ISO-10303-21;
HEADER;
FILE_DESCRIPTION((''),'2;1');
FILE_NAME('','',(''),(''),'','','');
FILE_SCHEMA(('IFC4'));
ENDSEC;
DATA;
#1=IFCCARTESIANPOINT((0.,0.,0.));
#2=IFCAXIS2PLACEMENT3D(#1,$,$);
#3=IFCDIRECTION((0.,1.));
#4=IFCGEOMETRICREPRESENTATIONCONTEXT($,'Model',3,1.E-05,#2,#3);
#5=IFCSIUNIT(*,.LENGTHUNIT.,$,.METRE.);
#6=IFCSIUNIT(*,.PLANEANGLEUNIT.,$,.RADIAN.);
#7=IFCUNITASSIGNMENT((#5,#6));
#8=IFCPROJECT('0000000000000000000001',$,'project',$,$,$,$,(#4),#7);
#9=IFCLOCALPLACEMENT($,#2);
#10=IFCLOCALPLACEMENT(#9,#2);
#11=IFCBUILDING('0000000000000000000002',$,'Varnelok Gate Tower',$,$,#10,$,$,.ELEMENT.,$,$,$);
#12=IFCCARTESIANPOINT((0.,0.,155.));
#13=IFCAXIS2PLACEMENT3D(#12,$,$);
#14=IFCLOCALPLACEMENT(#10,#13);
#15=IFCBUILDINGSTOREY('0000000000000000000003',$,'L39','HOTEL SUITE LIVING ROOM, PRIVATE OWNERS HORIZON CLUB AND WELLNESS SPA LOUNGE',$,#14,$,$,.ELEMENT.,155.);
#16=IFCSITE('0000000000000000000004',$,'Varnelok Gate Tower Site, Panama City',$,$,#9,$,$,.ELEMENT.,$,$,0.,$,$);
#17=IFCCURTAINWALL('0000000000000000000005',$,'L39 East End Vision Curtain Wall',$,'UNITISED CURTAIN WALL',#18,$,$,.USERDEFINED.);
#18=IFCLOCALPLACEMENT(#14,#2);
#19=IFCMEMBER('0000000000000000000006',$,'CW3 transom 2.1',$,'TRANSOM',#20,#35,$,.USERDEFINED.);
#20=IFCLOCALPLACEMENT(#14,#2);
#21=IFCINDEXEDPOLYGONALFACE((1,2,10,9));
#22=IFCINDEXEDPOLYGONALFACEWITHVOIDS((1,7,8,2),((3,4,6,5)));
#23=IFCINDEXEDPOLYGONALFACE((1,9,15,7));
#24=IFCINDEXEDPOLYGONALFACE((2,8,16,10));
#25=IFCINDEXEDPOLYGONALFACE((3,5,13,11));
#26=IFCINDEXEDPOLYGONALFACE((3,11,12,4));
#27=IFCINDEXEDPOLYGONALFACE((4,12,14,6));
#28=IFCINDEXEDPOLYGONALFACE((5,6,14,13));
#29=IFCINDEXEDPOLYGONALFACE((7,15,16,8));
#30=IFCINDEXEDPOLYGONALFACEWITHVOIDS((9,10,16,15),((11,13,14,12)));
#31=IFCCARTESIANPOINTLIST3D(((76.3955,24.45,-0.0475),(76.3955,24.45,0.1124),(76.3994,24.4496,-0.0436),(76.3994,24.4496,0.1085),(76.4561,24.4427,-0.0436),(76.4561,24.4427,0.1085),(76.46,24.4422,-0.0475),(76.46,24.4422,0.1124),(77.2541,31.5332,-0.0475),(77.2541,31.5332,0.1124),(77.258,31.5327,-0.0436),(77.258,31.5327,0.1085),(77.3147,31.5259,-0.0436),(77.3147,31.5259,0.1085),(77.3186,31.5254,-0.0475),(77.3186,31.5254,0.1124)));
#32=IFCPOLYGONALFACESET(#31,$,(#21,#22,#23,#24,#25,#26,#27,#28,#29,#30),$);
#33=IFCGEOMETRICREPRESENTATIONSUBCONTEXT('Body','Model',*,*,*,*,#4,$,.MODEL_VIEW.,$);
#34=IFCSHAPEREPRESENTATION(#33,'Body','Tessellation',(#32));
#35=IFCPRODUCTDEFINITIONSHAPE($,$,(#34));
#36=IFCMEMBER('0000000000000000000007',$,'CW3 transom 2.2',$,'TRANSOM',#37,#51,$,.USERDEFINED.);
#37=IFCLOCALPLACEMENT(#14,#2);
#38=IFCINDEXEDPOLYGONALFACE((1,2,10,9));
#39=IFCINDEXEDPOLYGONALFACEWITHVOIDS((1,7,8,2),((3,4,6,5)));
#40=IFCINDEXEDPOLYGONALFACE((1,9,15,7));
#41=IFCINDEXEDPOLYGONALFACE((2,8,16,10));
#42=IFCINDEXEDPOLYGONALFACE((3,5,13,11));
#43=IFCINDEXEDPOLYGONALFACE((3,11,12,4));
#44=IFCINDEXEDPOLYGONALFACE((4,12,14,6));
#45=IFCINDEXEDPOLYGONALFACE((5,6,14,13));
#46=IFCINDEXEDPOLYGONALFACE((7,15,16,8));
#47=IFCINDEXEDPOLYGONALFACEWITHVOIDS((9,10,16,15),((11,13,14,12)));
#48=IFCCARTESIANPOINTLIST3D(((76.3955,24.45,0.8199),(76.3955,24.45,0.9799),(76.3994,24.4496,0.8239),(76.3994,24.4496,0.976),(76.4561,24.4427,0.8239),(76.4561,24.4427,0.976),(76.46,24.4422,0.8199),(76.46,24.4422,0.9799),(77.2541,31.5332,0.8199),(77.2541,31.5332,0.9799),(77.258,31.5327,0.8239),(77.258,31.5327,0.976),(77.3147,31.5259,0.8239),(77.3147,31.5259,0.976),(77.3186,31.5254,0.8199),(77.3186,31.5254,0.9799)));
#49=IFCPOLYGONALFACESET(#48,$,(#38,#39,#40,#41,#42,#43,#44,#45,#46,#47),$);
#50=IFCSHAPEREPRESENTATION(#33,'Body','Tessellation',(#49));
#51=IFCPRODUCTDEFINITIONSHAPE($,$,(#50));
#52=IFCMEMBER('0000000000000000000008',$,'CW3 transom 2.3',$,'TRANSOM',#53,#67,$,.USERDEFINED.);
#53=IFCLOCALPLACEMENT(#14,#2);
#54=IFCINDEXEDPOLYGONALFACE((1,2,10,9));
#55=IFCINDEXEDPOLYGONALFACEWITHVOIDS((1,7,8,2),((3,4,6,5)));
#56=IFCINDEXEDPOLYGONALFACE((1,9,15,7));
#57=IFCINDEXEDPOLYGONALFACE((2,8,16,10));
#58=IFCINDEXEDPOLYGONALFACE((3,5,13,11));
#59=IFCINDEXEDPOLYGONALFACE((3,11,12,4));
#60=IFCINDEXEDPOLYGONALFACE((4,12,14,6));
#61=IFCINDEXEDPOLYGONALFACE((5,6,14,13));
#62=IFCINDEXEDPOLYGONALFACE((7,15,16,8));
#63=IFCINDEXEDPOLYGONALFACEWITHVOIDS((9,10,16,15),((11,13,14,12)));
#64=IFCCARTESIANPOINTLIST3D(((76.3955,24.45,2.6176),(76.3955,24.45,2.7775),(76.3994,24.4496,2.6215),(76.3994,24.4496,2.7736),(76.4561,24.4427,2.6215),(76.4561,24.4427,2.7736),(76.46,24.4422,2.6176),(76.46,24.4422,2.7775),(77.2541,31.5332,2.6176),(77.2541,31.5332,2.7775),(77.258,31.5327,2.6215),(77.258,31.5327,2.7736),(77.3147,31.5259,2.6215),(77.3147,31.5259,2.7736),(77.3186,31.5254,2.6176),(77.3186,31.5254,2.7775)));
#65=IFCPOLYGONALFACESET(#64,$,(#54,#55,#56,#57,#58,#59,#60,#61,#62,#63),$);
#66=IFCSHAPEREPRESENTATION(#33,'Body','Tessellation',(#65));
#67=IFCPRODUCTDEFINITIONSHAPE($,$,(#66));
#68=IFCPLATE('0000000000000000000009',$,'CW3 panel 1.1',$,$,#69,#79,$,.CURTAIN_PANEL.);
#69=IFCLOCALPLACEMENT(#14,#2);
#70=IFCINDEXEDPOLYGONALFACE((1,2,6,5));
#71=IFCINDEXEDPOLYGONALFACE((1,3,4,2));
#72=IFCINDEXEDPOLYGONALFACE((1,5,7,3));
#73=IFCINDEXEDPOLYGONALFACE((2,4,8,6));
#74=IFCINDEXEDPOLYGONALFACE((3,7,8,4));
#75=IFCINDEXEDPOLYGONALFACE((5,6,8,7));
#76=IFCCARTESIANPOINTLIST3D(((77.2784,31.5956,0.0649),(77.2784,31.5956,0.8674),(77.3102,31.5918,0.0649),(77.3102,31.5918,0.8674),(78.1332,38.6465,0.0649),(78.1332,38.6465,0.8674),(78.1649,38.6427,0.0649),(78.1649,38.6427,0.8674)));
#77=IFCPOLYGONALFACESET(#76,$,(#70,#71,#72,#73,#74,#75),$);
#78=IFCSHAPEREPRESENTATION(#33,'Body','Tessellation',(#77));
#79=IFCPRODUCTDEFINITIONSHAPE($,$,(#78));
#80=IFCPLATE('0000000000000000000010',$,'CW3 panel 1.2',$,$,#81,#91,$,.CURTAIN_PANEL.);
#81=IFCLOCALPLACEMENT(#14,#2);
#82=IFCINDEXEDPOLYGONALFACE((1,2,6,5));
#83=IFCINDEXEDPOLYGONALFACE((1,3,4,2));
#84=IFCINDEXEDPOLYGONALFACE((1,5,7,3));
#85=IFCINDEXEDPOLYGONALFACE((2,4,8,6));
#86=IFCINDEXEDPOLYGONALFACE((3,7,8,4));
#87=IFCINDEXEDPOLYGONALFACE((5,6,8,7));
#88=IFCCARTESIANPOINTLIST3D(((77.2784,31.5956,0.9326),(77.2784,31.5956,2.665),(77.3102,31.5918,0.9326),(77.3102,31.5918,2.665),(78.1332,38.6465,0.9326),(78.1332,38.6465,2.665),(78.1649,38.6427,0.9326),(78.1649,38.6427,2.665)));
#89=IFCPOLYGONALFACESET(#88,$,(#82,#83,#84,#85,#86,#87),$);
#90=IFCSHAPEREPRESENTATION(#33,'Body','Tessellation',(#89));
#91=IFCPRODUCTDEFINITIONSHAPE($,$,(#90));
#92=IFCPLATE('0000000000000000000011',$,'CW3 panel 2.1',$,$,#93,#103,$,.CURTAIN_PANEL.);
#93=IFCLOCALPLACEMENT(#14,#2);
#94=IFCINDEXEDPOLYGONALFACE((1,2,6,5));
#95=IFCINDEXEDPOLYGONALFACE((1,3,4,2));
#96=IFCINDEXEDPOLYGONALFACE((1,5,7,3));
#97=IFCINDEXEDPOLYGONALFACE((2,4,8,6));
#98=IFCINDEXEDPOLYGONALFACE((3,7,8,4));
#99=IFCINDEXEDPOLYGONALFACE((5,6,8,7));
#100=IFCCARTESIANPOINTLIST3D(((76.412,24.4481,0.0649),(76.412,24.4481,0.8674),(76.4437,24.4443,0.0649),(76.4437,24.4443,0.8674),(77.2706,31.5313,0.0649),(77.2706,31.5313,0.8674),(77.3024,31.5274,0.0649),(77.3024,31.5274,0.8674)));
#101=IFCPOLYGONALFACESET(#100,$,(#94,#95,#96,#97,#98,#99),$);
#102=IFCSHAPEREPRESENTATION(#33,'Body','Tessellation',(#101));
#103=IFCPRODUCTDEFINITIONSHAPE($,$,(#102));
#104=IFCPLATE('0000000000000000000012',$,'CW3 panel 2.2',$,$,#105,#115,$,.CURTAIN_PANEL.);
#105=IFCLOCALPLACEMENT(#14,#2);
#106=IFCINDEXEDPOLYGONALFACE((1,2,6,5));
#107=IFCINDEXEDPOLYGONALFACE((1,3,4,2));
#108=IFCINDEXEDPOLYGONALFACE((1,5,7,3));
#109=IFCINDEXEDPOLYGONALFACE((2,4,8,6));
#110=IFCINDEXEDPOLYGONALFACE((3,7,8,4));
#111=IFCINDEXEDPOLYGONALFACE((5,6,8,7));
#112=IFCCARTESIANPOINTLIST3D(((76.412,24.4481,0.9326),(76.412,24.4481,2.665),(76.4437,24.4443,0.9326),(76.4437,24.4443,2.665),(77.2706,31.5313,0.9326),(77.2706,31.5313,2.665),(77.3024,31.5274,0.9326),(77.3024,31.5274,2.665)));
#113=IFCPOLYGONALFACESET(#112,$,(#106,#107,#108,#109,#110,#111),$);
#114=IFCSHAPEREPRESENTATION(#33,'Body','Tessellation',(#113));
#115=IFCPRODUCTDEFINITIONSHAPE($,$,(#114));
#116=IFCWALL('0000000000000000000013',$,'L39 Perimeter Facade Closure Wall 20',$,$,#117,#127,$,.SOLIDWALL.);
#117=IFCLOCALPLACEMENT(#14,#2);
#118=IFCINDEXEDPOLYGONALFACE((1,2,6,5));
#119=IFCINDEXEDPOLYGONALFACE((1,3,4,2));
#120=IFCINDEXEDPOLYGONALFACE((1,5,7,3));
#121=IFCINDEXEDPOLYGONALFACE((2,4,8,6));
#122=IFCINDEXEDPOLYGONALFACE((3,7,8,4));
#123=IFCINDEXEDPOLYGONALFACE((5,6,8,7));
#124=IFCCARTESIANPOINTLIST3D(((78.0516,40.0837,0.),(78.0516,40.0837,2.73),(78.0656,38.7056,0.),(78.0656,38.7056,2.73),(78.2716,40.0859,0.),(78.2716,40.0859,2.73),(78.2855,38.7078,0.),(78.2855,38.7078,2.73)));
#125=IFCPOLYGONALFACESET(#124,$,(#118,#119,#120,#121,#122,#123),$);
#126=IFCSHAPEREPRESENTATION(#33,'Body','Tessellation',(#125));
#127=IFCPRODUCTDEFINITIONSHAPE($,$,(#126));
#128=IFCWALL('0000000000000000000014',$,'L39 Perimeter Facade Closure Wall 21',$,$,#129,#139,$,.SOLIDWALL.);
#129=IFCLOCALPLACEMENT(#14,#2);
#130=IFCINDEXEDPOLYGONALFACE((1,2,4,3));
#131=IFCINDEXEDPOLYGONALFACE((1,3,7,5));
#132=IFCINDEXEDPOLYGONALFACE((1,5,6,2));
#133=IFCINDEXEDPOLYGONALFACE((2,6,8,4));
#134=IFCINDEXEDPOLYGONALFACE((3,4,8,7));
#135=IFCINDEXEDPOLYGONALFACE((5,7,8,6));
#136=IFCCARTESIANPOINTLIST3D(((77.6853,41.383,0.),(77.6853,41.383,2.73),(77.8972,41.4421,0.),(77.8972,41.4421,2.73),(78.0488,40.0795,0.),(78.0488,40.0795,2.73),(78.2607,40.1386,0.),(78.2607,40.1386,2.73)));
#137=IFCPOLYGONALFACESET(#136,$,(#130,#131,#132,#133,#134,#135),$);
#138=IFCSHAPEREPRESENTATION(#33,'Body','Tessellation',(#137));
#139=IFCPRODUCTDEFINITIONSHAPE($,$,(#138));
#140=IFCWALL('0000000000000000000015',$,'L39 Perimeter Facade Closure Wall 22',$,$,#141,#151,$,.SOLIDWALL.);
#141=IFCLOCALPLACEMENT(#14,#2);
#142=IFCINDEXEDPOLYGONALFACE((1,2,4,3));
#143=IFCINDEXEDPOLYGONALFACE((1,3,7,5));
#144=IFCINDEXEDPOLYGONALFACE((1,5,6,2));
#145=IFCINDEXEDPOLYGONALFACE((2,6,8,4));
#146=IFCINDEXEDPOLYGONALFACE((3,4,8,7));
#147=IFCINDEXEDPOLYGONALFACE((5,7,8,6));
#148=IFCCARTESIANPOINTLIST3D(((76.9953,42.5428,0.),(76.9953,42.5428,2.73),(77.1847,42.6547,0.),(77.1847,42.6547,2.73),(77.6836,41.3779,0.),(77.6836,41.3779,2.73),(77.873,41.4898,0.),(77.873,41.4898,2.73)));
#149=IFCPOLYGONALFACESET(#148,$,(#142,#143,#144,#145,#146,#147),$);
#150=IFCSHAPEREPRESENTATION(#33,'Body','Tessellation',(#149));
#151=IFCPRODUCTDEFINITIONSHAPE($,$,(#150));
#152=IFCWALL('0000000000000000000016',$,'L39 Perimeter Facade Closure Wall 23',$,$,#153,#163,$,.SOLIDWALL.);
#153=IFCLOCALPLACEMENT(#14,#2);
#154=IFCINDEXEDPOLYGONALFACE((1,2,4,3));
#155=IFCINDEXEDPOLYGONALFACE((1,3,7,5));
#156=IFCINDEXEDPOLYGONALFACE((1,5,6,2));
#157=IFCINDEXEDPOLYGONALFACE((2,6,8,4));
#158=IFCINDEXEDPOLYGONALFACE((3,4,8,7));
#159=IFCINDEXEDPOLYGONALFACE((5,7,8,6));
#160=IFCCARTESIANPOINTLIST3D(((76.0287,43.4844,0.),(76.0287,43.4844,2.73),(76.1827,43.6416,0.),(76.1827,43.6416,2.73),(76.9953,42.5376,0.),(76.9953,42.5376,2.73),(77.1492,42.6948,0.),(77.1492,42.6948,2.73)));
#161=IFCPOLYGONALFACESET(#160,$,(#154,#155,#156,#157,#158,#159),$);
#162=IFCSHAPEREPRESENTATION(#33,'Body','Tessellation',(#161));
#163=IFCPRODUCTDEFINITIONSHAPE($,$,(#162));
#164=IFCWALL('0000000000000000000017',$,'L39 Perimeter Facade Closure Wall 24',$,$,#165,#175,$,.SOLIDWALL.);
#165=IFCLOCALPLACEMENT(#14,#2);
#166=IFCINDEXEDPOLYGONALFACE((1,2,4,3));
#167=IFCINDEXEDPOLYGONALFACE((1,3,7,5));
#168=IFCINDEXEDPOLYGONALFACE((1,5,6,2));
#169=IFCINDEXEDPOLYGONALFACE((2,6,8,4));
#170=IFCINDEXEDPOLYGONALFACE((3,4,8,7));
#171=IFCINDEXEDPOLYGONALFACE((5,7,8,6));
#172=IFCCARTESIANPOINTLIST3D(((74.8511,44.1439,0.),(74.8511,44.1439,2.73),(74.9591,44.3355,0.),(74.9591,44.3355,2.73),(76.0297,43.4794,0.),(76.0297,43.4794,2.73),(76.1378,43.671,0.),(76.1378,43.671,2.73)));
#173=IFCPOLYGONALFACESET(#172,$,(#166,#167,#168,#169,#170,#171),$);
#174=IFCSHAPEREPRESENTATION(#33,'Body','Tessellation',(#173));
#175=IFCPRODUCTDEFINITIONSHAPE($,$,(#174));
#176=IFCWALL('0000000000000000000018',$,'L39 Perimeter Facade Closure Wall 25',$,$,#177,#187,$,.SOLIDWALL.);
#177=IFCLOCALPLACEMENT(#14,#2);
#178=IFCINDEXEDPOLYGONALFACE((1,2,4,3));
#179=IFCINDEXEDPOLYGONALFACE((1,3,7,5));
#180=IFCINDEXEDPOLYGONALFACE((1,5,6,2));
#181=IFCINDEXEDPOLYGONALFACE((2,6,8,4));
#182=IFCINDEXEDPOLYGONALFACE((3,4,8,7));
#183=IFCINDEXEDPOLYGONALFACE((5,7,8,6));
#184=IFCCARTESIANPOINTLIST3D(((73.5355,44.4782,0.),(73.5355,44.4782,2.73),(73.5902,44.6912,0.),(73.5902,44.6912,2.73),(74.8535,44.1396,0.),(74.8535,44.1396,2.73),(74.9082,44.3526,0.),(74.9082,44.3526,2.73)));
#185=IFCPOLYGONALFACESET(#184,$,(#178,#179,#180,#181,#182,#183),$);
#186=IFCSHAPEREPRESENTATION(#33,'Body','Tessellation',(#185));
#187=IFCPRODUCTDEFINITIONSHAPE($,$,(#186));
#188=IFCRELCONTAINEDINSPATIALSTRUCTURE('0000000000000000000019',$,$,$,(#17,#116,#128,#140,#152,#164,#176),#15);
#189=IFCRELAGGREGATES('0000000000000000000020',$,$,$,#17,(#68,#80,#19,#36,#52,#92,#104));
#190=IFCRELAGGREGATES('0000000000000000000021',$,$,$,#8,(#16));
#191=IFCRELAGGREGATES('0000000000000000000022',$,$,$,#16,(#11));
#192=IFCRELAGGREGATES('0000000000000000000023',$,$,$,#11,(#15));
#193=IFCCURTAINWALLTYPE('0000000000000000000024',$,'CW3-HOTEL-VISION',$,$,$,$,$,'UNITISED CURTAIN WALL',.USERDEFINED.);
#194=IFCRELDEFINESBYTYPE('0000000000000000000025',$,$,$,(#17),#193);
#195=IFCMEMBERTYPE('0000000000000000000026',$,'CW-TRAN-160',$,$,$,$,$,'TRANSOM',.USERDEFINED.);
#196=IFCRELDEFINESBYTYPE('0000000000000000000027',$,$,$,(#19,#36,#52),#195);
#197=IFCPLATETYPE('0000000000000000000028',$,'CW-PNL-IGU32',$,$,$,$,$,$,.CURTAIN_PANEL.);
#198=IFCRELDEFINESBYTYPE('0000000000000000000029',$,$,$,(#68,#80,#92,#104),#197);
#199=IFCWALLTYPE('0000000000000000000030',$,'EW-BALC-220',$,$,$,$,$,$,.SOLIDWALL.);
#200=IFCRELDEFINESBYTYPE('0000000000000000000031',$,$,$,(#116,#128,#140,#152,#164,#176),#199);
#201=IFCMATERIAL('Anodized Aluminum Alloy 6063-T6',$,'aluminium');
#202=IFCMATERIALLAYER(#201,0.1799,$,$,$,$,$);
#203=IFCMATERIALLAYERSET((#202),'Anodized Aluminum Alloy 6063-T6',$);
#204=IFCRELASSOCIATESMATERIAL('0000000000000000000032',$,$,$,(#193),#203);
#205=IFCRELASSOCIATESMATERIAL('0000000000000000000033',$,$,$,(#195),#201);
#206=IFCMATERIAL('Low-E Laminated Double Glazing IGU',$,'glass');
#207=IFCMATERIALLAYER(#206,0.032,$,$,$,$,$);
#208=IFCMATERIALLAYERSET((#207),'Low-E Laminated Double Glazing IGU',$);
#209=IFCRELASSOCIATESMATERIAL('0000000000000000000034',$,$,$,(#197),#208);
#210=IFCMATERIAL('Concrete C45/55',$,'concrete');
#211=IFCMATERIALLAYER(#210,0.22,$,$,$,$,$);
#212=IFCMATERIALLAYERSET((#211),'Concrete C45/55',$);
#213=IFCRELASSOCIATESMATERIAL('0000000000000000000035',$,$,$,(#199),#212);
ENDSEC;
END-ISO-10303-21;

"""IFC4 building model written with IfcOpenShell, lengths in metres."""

from ifc_helpers import new_model, si_unit, direction, frame, frame_2d, origin, origin_2d, place, context, subcontext, project, spatial, rectangle, hollow_rectangle, extrude, source, transform, mapped, material, layer, layer_set, material_profile, profile_set, type_object, element, aggregate, save


model = new_model("IFC4")

# Units and contexts
model_context = context("Model", 3, precision=1e-05, world=origin(), true_north=direction((0.0, 1.0)))
body_context = subcontext(model_context, "Body", "Model", "MODEL_VIEW")
ifc_project = project(units=[si_unit("LENGTHUNIT", "METRE"), si_unit("PLANEANGLEUNIT", "RADIAN")], contexts=[model_context])

# Site, building, storey
site_placement = place(None, origin())
site = spatial("IfcSite", under=ifc_project, at=site_placement, Name="Varnelok Gate Tower Site, Panama City", CompositionType="ELEMENT", RefElevation=0.0)
building_placement = place(site_placement, origin())
building = spatial("IfcBuilding", under=site, at=building_placement, Name="Varnelok Gate Tower", CompositionType="ELEMENT")
storey_placement = place(building_placement, frame((0.0, 0.0, 155.0)))
storey = spatial("IfcBuildingStorey", under=building, at=storey_placement, Name="L39", Description="HOTEL SUITE LIVING ROOM, PRIVATE OWNERS HORIZON CLUB AND WELLNESS SPA LOUNGE", CompositionType="ELEMENT", Elevation=155.0)

# Curtain wall, members, plates
ifc_material_1 = material(Name="Anodized Aluminum Alloy 6063-T6", Category="aluminium")
ifc_layer_1 = layer(ifc_material_1, 0.1799)
ifc_layer_set_1 = layer_set([ifc_layer_1], Name="Anodized Aluminum Alloy 6063-T6")
curtain_wall_type = type_object("IfcCurtainWallType", Name="CW3-HOTEL-VISION", ElementType="UNITISED CURTAIN WALL", PredefinedType="USERDEFINED", material=ifc_layer_set_1)
curtain_wall_placement = place(storey_placement, origin())
curtain_wall = element("IfcCurtainWall", 1, at=curtain_wall_placement, inside=storey, type_object=curtain_wall_type, Name="L39 East End Vision Curtain Wall", ObjectType="UNITISED CURTAIN WALL", PredefinedType="USERDEFINED")
ifc_material_profile_1 = material_profile(ifc_material_1, hollow_rectangle(XDim=0.0649, YDim=0.1599, WallThickness=0.0039, at=origin_2d()), Name="ALU160X65X4")
ifc_profile_set_1 = profile_set([ifc_material_profile_1], Name="Anodized Aluminum Alloy 6063-T6")
member_type_1 = type_object("IfcMemberType", Name="CW-TRAN-160", ElementType="TRANSOM", PredefinedType="USERDEFINED", material=ifc_profile_set_1)
member_1_placement = place(storey_placement, frame((77.2864, 31.5293, 0.0325), z_axis=(-0.120341, -0.992733, 0.0), x_axis=(0.992733, -0.120341, 0.0)))
member_1 = element("IfcMember", 2, at=member_1_placement, type_object=member_type_1, Name="CW3 transom 2.1", ObjectType="TRANSOM", PredefinedType="USERDEFINED", context=body_context, shape_type="SweptSolid", body=[
    extrude(hollow_rectangle(XDim=0.0649, YDim=0.1599, WallThickness=0.0039, at=origin_2d()), origin(), (0.0, 0.0, 1.0), 7.135),
])
member_2_placement = place(storey_placement, frame((77.2864, 31.5293, 0.8999), z_axis=(-0.120341, -0.992733, 0.0), x_axis=(0.992733, -0.120341, 0.0)))
member_2 = element("IfcMember", 3, at=member_2_placement, type_object=member_type_1, Name="CW3 transom 2.2", ObjectType="TRANSOM", PredefinedType="USERDEFINED", context=body_context, shape_type="SweptSolid", body=[
    extrude(hollow_rectangle(XDim=0.0649, YDim=0.1599, WallThickness=0.0039, at=origin_2d()), origin(), (0.0, 0.0, 1.0), 7.135),
])
member_3_placement = place(storey_placement, frame((77.2864, 31.5293, 2.6975), z_axis=(-0.120341, -0.992733, 0.0), x_axis=(0.992733, -0.120341, 0.0)))
member_3 = element("IfcMember", 4, at=member_3_placement, type_object=member_type_1, Name="CW3 transom 2.3", ObjectType="TRANSOM", PredefinedType="USERDEFINED", context=body_context, shape_type="SweptSolid", body=[
    extrude(hollow_rectangle(XDim=0.0649, YDim=0.1599, WallThickness=0.0039, at=origin_2d()), origin(), (0.0, 0.0, 1.0), 7.135),
])
ifc_material_2 = material(Name="Low-E Laminated Double Glazing IGU", Category="glass")
ifc_layer_2 = layer(ifc_material_2, 0.032)
ifc_layer_set_2 = layer_set([ifc_layer_2], Name="Low-E Laminated Double Glazing IGU")
plate_type = type_object("IfcPlateType", Name="CW-PNL-IGU32", PredefinedType="CURTAIN_PANEL", material=ifc_layer_set_2)
shared_shape_1 = source(origin(), body_context, "Body", "SweptSolid", [
    extrude(rectangle(XDim=7.1025, YDim=0.032, at=origin_2d()), origin(), (0.0, 0.0, 1.0), 0.8025),
])
plate_1_placement = place(storey_placement, frame((77.7217, 35.1191, 0.0649), z_axis=(0.0, 0.0, 1.0), x_axis=(-0.120347, -0.992732, 0.0)))
plate_1 = element("IfcPlate", 5, at=plate_1_placement, type_object=plate_type, Name="CW3 panel 1.1", PredefinedType="CURTAIN_PANEL", context=body_context, shape_type="MappedRepresentation", body=[
    mapped(shared_shape_1, transform((0.0, 0.0, 0.0), scale=1.0)),
])
shared_shape_2 = source(origin(), body_context, "Body", "SweptSolid", [
    extrude(rectangle(XDim=7.1025, YDim=0.032, at=origin_2d()), origin(), (0.0, 0.0, 1.0), 1.7324),
])
plate_2_placement = place(storey_placement, frame((77.7217, 35.1191, 0.9326), z_axis=(0.0, 0.0, 1.0), x_axis=(-0.120347, -0.992732, 0.0)))
plate_2 = element("IfcPlate", 6, at=plate_2_placement, type_object=plate_type, Name="CW3 panel 1.2", PredefinedType="CURTAIN_PANEL", context=body_context, shape_type="MappedRepresentation", body=[
    mapped(shared_shape_2, transform((0.0, 0.0, 0.0), scale=1.0)),
])
shared_shape_3 = source(origin(), body_context, "Body", "SweptSolid", [
    extrude(rectangle(XDim=7.135, YDim=0.032, at=origin_2d()), origin(), (0.0, 0.0, 1.0), 0.8025),
])
plate_3_placement = place(storey_placement, frame((76.8572, 27.9878, 0.0649), z_axis=(0.0, 0.0, 1.0), x_axis=(-0.120347, -0.992732, 0.0)))
plate_3 = element("IfcPlate", 7, at=plate_3_placement, type_object=plate_type, Name="CW3 panel 2.1", PredefinedType="CURTAIN_PANEL", context=body_context, shape_type="MappedRepresentation", body=[
    mapped(shared_shape_3, transform((0.0, 0.0, 0.0), scale=1.0)),
])
shared_shape_4 = source(origin(), body_context, "Body", "SweptSolid", [
    extrude(rectangle(XDim=7.135, YDim=0.032, at=origin_2d()), origin(), (0.0, 0.0, 1.0), 1.7324),
])
plate_4_placement = place(storey_placement, frame((76.8572, 27.9878, 0.9326), z_axis=(0.0, 0.0, 1.0), x_axis=(-0.120347, -0.992732, 0.0)))
plate_4 = element("IfcPlate", 8, at=plate_4_placement, type_object=plate_type, Name="CW3 panel 2.2", PredefinedType="CURTAIN_PANEL", context=body_context, shape_type="MappedRepresentation", body=[
    mapped(shared_shape_4, transform((0.0, 0.0, 0.0), scale=1.0)),
])
aggregate(curtain_wall, [plate_1, plate_2, member_1, member_2, member_3, plate_3, plate_4])

# Walls
ifc_material_3 = material(Name="Concrete C45/55", Category="concrete")
ifc_layer_3 = layer(ifc_material_3, 0.22)
ifc_layer_set_3 = layer_set([ifc_layer_3], Name="Concrete C45/55")
wall_type_1 = type_object("IfcWallType", Name="EW-BALC-220", PredefinedType="SOLIDWALL", material=ifc_layer_set_3)
wall_1_placement = place(storey_placement, frame((78.1755, 38.7068, 0.0), z_axis=(0.0, 0.0, 1.0), x_axis=(-0.010097, 0.999949, 0.0)))
element("IfcWall", 9, at=wall_1_placement, inside=storey, type_object=wall_type_1, Name="L39 Perimeter Facade Closure Wall 20", PredefinedType="SOLIDWALL", context=body_context, shape_type="SweptSolid", body=[
    extrude(rectangle(XDim=1.3782, YDim=0.22, at=frame_2d((0.689, 0.0))), origin(), (0.0, 0.0, 1.0), 2.73),
])
wall_2_placement = place(storey_placement, frame((78.1548, 40.1089, 0.0), z_axis=(0.0, 0.0, 1.0), x_axis=(-0.268639, 0.963241, 0.0)))
element("IfcWall", 10, at=wall_2_placement, inside=storey, type_object=wall_type_1, Name="L39 Perimeter Facade Closure Wall 21", PredefinedType="SOLIDWALL", context=body_context, shape_type="SweptSolid", body=[
    extrude(rectangle(XDim=1.3533, YDim=0.22, at=frame_2d((0.6768, 0.0))), origin(), (0.0, 0.0, 1.0), 2.73),
])
for number, where, z_axis, x_axis, name in (
    (11, (77.7783, 41.4338, 0.0), (0.0, 0.0, 1.0), (-0.508699, 0.860944, 0.0), "L39 Perimeter Facade Closure Wall 22"),
    (12, (77.0723, 42.6162, 0.0), (0.0, 0.0, 1.0), (-0.714377, 0.699761, 0.0), "L39 Perimeter Facade Closure Wall 23"),
    (13, (76.0837, 43.5752, 0.0), (0.0, 0.0, 1.0), (-0.871093, 0.491118, 0.0), "L39 Perimeter Facade Closure Wall 24"),
):
    element("IfcWall", number, at=place(storey_placement, frame(where, z_axis=z_axis, x_axis=x_axis)), inside=storey, type_object=wall_type_1, Name=name, PredefinedType="SOLIDWALL", context=body_context, shape_type="SweptSolid", body=[
        extrude(rectangle(XDim=1.353, YDim=0.22, at=frame_2d((0.6765, 0.0))), origin(), (0.0, 0.0, 1.0), 2.73),
    ])
wall_3_placement = place(storey_placement, frame((74.8809, 44.2461, 0.0), z_axis=(0.0, 0.0, 1.0), x_axis=(-0.96855, 0.24882, 0.0)))
element("IfcWall", 14, at=wall_3_placement, inside=storey, type_object=wall_type_1, Name="L39 Perimeter Facade Closure Wall 25", PredefinedType="SOLIDWALL", context=body_context, shape_type="SweptSolid", body=[
    extrude(rectangle(XDim=1.3608, YDim=0.22, at=frame_2d((0.6804, 0.0))), origin(), (0.0, 0.0, 1.0), 2.73),
])

save(model, "model.ifc")
